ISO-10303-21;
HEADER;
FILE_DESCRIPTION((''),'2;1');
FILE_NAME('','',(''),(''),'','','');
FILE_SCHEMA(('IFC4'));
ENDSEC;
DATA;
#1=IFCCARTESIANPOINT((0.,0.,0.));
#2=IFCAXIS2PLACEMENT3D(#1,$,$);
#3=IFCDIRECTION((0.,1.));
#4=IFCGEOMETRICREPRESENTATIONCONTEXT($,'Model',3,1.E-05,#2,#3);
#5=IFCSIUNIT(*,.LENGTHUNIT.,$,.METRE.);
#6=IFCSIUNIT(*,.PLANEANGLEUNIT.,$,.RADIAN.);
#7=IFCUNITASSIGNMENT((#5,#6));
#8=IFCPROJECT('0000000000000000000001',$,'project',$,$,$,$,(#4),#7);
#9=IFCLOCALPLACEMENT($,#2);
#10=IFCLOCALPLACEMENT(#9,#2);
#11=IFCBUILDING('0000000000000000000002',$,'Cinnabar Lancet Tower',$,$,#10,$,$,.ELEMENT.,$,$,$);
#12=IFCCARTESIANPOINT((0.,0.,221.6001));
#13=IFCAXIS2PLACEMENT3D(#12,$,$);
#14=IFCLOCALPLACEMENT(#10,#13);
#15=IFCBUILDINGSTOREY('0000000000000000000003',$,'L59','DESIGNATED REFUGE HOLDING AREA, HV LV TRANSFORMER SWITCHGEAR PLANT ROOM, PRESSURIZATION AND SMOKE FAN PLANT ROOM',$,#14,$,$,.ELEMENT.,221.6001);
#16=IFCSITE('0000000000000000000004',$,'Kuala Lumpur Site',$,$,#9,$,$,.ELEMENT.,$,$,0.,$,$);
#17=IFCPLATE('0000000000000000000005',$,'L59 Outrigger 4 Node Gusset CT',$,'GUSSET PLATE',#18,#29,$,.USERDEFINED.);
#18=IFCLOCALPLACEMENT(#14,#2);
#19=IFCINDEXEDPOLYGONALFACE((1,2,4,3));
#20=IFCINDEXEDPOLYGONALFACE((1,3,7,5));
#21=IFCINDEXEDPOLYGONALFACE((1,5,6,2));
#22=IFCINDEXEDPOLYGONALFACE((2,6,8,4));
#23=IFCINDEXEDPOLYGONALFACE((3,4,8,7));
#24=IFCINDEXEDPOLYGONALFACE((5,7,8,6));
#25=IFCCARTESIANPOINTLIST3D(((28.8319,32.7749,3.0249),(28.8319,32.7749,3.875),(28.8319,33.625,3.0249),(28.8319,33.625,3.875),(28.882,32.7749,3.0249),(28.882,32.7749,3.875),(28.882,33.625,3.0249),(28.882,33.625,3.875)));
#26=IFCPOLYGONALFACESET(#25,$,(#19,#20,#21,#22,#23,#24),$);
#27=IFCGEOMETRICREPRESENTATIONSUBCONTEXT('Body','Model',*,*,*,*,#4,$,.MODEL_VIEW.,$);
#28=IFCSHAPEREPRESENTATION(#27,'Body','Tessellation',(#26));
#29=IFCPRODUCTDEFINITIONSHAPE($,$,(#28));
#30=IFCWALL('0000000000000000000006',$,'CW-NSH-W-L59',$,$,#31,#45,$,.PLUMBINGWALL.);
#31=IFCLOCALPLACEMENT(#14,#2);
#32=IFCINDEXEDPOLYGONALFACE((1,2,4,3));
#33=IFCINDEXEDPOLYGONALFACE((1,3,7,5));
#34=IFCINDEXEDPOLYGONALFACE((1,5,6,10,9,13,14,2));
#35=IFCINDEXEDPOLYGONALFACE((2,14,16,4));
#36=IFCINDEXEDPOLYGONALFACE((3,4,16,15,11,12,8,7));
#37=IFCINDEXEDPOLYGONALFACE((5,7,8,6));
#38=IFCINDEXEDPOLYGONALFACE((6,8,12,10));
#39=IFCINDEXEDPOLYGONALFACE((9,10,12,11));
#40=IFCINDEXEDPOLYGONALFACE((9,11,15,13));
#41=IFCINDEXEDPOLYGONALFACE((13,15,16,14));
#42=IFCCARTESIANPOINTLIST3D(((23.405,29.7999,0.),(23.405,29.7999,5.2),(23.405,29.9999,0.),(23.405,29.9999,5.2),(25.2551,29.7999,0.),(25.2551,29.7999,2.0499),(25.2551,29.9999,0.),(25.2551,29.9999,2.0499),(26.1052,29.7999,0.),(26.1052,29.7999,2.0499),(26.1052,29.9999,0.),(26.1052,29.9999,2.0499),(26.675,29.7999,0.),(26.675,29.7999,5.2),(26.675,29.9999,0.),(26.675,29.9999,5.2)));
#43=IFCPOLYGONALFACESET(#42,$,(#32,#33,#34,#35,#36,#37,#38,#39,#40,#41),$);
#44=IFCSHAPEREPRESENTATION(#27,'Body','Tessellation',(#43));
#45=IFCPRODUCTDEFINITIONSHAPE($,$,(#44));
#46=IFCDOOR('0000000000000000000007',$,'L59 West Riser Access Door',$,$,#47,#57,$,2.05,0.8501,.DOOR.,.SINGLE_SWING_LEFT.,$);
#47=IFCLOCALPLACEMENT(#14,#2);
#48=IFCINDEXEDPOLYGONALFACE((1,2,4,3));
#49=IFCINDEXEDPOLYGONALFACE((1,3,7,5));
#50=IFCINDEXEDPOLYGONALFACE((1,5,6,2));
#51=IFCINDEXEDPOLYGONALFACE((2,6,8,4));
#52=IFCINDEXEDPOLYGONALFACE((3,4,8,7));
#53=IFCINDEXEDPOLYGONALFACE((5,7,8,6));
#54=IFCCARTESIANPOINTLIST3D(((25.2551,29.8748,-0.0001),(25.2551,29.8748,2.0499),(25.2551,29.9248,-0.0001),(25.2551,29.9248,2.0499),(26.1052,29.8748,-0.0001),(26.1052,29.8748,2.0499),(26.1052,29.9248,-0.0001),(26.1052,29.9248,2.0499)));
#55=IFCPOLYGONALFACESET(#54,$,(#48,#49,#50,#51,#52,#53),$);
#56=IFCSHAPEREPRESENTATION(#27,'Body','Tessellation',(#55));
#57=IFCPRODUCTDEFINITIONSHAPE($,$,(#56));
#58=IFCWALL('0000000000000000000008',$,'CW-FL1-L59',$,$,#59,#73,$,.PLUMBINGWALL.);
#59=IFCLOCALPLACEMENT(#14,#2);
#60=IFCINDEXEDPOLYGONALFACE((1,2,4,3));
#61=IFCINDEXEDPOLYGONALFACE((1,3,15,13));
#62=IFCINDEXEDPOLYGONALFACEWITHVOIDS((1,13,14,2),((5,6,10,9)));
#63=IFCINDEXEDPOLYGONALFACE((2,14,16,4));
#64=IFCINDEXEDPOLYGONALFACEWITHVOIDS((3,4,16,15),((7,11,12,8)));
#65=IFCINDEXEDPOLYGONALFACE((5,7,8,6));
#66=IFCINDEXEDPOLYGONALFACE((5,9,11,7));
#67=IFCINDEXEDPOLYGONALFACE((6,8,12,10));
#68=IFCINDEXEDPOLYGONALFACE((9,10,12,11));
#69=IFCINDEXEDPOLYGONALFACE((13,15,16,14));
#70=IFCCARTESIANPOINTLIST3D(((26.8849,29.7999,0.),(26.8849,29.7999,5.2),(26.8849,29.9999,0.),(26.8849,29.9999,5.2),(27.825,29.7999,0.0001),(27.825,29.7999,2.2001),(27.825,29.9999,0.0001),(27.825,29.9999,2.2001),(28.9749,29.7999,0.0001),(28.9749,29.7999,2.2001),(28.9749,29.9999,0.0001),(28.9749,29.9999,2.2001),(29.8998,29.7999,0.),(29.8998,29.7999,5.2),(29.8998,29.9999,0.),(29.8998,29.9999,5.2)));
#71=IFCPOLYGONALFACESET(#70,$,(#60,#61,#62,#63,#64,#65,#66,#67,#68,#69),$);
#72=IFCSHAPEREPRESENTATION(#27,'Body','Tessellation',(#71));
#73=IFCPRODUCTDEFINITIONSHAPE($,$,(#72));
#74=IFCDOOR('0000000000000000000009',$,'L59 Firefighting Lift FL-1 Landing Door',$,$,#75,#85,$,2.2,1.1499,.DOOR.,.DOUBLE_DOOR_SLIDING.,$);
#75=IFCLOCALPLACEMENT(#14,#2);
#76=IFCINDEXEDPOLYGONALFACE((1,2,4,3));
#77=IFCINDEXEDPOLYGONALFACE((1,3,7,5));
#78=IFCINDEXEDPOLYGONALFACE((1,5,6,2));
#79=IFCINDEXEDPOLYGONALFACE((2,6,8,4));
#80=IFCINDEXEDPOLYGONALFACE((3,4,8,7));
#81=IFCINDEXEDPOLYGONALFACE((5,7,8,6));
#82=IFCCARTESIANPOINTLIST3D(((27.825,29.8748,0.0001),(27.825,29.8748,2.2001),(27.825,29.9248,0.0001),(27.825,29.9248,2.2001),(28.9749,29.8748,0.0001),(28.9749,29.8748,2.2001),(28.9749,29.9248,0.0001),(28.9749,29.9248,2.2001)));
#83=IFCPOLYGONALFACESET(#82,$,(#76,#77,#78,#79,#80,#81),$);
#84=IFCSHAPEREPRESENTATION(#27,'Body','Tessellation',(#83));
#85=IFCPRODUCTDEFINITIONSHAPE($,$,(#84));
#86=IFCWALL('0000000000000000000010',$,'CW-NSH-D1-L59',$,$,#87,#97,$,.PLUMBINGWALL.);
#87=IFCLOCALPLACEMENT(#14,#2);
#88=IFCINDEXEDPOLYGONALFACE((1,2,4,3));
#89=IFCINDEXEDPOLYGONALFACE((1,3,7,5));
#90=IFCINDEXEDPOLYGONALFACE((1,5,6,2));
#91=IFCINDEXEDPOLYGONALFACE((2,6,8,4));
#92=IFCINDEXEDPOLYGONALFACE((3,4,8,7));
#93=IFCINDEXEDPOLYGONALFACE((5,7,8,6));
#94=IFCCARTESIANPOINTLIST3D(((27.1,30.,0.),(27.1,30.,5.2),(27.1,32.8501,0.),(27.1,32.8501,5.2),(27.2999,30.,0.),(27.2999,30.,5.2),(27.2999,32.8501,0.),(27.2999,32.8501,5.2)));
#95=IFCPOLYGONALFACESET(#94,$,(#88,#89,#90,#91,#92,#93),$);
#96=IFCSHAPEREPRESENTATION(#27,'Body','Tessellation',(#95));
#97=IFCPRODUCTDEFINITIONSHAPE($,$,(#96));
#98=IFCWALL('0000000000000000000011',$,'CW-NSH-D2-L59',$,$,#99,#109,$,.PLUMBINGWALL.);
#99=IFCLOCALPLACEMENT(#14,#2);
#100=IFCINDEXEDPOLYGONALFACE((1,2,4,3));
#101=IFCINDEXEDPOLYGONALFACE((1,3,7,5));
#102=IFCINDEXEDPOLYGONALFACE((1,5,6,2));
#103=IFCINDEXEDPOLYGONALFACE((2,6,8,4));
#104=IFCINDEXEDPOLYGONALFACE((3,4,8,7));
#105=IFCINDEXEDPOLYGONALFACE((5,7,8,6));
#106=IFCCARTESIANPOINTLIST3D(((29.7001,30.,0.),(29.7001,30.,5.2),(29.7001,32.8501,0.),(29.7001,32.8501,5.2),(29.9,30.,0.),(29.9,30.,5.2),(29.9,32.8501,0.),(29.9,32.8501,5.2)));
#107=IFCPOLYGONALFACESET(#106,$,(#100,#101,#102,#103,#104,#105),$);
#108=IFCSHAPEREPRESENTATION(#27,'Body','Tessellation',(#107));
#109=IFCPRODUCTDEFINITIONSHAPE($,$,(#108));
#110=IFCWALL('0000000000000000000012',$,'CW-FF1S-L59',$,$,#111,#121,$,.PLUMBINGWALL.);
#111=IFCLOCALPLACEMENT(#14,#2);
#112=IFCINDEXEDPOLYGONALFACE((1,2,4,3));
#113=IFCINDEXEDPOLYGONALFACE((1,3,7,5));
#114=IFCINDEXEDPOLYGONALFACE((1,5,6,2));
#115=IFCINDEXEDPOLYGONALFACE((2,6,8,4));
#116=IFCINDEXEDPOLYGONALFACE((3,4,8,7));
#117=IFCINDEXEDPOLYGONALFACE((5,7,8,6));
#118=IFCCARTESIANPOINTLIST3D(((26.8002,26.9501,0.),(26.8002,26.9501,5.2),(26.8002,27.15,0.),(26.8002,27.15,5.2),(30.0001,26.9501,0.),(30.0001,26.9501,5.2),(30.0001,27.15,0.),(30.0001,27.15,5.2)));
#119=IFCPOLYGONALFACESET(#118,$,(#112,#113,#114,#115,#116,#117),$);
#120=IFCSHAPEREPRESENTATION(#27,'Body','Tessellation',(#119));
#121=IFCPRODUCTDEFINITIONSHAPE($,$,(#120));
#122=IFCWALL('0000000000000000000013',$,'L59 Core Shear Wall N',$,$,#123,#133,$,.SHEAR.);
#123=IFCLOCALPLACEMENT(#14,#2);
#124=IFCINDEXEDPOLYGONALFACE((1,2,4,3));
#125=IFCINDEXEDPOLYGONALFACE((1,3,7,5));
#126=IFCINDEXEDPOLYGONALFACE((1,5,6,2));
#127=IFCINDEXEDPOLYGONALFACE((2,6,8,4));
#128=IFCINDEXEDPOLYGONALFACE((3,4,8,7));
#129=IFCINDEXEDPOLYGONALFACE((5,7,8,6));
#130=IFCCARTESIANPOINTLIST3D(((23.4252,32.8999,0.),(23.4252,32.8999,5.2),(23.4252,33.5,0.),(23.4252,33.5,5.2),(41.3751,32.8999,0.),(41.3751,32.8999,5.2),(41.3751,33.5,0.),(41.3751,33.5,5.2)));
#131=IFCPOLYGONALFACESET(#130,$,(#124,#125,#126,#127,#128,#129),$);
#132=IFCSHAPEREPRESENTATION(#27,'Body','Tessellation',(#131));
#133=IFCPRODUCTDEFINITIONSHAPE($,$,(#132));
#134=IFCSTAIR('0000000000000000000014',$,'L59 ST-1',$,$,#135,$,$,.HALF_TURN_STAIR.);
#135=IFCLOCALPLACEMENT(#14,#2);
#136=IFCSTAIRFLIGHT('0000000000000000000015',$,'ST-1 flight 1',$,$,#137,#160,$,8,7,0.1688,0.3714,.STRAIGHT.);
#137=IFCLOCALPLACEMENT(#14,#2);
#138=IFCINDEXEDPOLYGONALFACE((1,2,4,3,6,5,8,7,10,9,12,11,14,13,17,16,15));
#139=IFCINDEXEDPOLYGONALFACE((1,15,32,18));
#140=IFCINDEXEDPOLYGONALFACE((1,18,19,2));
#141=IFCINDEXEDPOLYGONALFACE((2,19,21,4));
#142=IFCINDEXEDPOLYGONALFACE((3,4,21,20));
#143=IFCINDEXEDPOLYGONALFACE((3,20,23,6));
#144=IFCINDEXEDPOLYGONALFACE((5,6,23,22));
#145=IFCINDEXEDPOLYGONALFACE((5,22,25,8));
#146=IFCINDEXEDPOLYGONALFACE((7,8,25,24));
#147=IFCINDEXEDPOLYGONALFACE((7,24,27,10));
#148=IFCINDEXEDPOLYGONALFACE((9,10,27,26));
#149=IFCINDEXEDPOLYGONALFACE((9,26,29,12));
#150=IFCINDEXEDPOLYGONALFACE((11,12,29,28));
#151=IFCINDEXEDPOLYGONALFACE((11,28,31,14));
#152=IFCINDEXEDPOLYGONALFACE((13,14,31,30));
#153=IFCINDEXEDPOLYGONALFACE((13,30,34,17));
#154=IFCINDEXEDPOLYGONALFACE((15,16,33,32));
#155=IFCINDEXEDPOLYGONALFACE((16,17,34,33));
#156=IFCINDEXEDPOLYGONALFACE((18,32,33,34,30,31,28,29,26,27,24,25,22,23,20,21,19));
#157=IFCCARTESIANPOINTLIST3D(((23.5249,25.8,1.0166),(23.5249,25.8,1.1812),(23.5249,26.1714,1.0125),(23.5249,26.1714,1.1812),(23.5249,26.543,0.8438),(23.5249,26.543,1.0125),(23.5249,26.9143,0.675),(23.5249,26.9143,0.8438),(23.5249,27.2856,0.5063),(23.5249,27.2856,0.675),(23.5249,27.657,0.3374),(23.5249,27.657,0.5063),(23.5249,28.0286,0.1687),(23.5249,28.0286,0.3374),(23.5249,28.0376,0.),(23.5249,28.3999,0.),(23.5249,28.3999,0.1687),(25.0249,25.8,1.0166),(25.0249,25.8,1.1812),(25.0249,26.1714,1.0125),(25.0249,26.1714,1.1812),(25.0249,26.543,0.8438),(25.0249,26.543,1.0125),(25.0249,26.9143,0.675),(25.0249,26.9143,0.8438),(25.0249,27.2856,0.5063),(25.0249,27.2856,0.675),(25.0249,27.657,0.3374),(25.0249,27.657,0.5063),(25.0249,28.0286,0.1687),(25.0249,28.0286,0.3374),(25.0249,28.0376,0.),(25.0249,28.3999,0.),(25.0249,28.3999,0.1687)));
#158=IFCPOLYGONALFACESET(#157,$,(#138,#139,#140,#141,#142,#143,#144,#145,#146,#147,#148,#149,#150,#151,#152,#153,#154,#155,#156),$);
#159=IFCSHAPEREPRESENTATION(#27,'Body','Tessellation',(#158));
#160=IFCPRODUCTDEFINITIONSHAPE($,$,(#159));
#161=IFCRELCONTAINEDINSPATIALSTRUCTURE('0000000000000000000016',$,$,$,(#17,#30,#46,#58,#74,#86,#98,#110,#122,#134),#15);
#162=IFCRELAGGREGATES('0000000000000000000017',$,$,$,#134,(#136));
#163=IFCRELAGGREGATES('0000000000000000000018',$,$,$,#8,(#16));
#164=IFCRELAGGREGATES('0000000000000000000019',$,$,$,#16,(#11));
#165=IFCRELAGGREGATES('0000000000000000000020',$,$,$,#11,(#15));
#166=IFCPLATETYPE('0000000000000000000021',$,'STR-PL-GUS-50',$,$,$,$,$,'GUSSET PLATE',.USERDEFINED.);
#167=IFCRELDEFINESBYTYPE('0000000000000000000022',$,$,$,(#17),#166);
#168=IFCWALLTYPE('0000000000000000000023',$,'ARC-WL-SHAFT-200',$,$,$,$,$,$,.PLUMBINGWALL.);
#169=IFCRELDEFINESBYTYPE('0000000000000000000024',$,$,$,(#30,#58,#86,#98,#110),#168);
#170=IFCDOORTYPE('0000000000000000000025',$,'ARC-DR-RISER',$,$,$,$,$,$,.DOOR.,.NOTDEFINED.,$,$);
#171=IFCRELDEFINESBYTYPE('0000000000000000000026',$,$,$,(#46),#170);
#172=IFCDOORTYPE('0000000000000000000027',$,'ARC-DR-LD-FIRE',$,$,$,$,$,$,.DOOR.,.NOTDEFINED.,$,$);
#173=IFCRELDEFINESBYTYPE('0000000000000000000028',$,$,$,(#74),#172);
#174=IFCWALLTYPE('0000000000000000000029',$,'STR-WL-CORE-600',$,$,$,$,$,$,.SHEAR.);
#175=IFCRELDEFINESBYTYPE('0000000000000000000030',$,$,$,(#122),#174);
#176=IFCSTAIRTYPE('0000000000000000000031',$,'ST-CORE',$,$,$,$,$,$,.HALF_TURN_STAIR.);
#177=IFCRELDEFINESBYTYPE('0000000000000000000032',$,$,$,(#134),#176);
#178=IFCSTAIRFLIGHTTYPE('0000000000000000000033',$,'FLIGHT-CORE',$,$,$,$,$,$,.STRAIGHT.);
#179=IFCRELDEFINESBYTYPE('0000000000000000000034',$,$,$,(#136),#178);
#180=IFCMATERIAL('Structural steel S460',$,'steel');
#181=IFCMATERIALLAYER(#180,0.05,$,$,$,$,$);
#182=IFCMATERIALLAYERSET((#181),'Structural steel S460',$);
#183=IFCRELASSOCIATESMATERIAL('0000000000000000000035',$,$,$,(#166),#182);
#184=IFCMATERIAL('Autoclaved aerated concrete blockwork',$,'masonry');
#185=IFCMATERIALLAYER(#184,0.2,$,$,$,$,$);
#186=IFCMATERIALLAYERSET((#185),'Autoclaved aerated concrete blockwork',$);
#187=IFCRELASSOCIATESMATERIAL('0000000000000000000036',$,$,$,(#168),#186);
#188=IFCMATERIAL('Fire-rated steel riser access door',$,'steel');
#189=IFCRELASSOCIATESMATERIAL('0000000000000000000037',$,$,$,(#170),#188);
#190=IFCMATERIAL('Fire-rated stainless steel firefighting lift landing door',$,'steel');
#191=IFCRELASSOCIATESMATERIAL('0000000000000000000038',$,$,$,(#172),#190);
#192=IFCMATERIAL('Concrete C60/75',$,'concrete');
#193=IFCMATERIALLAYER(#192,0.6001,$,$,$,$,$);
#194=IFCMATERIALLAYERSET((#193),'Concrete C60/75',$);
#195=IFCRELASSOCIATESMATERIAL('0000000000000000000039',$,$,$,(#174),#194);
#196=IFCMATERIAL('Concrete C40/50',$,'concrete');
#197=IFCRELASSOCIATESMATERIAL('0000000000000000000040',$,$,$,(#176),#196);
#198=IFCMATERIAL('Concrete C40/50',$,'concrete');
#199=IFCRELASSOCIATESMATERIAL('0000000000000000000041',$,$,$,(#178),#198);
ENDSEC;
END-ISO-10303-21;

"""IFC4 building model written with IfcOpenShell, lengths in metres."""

from ifc_helpers import new_model, si_unit, direction, frame, frame_2d, origin, origin_2d, place, context, subcontext, project, spatial, polyline, rectangle, outline, extrude, material, layer, layer_set, type_object, element, fill, aggregate, save


model = new_model("IFC4")

# Units and contexts
model_context = context("Model", 3, precision=1e-05, world=origin(), true_north=direction((0.0, 1.0)))
body_context = subcontext(model_context, "Body", "Model", "MODEL_VIEW")
ifc_project = project(units=[si_unit("LENGTHUNIT", "METRE"), si_unit("PLANEANGLEUNIT", "RADIAN")], contexts=[model_context])

# Site, building, storey
site_placement = place(None, origin())
site = spatial("IfcSite", under=ifc_project, at=site_placement, Name="Kuala Lumpur Site", CompositionType="ELEMENT", RefElevation=0.0)
building_placement = place(site_placement, origin())
building = spatial("IfcBuilding", under=site, at=building_placement, Name="Cinnabar Lancet Tower", CompositionType="ELEMENT")
storey_placement = place(building_placement, frame((0.0, 0.0, 221.6001)))
storey = spatial("IfcBuildingStorey", under=building, at=storey_placement, Name="L59", Description="DESIGNATED REFUGE HOLDING AREA, HV LV TRANSFORMER SWITCHGEAR PLANT ROOM, PRESSURIZATION AND SMOKE FAN PLANT ROOM", CompositionType="ELEMENT", Elevation=221.6001)

# Plate
ifc_material_1 = material(Name="Structural steel S460", Category="steel")
ifc_layer_1 = layer(ifc_material_1, 0.05)
ifc_layer_set_1 = layer_set([ifc_layer_1], Name="Structural steel S460")
plate_type_1 = type_object("IfcPlateType", Name="STR-PL-GUS-50", ElementType="GUSSET PLATE", PredefinedType="USERDEFINED", material=ifc_layer_set_1)
for number, where, z_axis, x_axis, name in (
    (1, (28.8569, 33.2, 3.0249), (0.0, 0.0, 1.0), (1.0, 0.0, 0.0), "L59 Outrigger 4 Node Gusset CT"),
):
    element("IfcPlate", number, at=place(storey_placement, frame(where, z_axis=z_axis, x_axis=x_axis)), inside=storey, type_object=plate_type_1, Name=name, ObjectType="GUSSET PLATE", PredefinedType="USERDEFINED", context=body_context, shape_type="SweptSolid", body=[
        extrude(rectangle(XDim=0.05, YDim=0.8501, at=origin_2d()), origin(), (0.0, 0.0, 1.0), 0.8501),
    ])

# Walls, openings, doors
ifc_material_2 = material(Name="Autoclaved aerated concrete blockwork", Category="masonry")
ifc_layer_2 = layer(ifc_material_2, 0.2)
ifc_layer_set_2 = layer_set([ifc_layer_2], Name="Autoclaved aerated concrete blockwork")
wall_type_1 = type_object("IfcWallType", Name="ARC-WL-SHAFT-200", PredefinedType="PLUMBINGWALL", material=ifc_layer_set_2)
wall_1_placement = place(storey_placement, frame((23.405, 29.8999, 0.0), z_axis=(0.0, 0.0, 1.0), x_axis=(1.0, 0.0, 0.0)))
wall_1 = element("IfcWall", 2, at=wall_1_placement, inside=storey, type_object=wall_type_1, Name="CW-NSH-W-L59", PredefinedType="PLUMBINGWALL", context=body_context, shape_type="SweptSolid", body=[
    extrude(rectangle(XDim=3.27, YDim=0.2, at=frame_2d((1.635, 0.0))), origin(), (0.0, 0.0, 1.0), 5.2),
])
opening_1_placement = place(wall_1_placement, frame((1.8501, 0.0, 0.0)))
opening_1 = element("IfcOpeningElement", 3, at=opening_1_placement, cuts=wall_1, PredefinedType="OPENING", context=body_context, shape_type="SweptSolid", body=[
    extrude(rectangle(XDim=0.8501, YDim=2.05, at=frame_2d((0.425, 1.0249))), frame((0.0, 0.1099, 0.0), z_axis=(0.0, -1.0, 0.0), x_axis=(1.0, 0.0, 0.0)), (0.0, 0.0, 1.0), 0.22),
])
ifc_material_3 = material(Name="Fire-rated steel riser access door", Category="steel")
door_type_1 = type_object("IfcDoorType", Name="ARC-DR-RISER", OperationType="NOTDEFINED", PredefinedType="DOOR", material=ifc_material_3)
door_1_placement = place(opening_1_placement, origin())
door_1 = element("IfcDoor", 4, at=door_1_placement, inside=storey, type_object=door_type_1, Name="L59 West Riser Access Door", OperationType="SINGLE_SWING_LEFT", OverallHeight=2.05, OverallWidth=0.8501, PredefinedType="DOOR", context=body_context, shape_type="SweptSolid", body=[
    extrude(rectangle(XDim=0.8501, YDim=2.05, at=frame_2d((0.425, 1.0249))), frame((0.0, 0.0249, 0.0), z_axis=(0.0, -1.0, 0.0), x_axis=(1.0, 0.0, 0.0)), (0.0, 0.0, 1.0), 0.05),
])
fill(opening_1, door_1)
wall_2_placement = place(storey_placement, frame((26.885, 29.8999, 0.0), z_axis=(0.0, 0.0, 1.0), x_axis=(1.0, 0.0, 0.0)))
wall_2 = element("IfcWall", 5, at=wall_2_placement, inside=storey, type_object=wall_type_1, Name="CW-FL1-L59", PredefinedType="PLUMBINGWALL", context=body_context, shape_type="SweptSolid", body=[
    extrude(rectangle(XDim=3.0149, YDim=0.2, at=frame_2d((1.5073, 0.0))), origin(), (0.0, 0.0, 1.0), 5.2),
])
opening_2_placement = place(wall_2_placement, frame((0.9399, 0.0, 0.0)))
opening_2 = element("IfcOpeningElement", 6, at=opening_2_placement, cuts=wall_2, PredefinedType="OPENING", context=body_context, shape_type="SweptSolid", body=[
    extrude(rectangle(XDim=1.1499, YDim=2.2, at=frame_2d((0.575, 1.1001))), frame((0.0, 0.1099, 0.0), z_axis=(0.0, -1.0, 0.0), x_axis=(1.0, 0.0, 0.0)), (0.0, 0.0, 1.0), 0.22),
])
ifc_material_4 = material(Name="Fire-rated stainless steel firefighting lift landing door", Category="steel")
door_type_2 = type_object("IfcDoorType", Name="ARC-DR-LD-FIRE", OperationType="NOTDEFINED", PredefinedType="DOOR", material=ifc_material_4)
door_2_placement = place(opening_2_placement, origin())
door_2 = element("IfcDoor", 7, at=door_2_placement, inside=storey, type_object=door_type_2, Name="L59 Firefighting Lift FL-1 Landing Door", OperationType="DOUBLE_DOOR_SLIDING", OverallHeight=2.2, OverallWidth=1.1499, PredefinedType="DOOR", context=body_context, shape_type="SweptSolid", body=[
    extrude(rectangle(XDim=1.1499, YDim=2.2, at=frame_2d((0.575, 1.1001))), frame((0.0, 0.0249, 0.0), z_axis=(0.0, -1.0, 0.0), x_axis=(1.0, 0.0, 0.0)), (0.0, 0.0, 1.0), 0.05),
])
fill(opening_2, door_2)

# Walls
for number, where, z_axis, x_axis, name in (
    (8, (27.2, 30.0, 0.0), (0.0, 0.0, 1.0), (0.0, 1.0, 0.0), "CW-NSH-D1-L59"),
    (9, (29.8, 30.0, 0.0), (0.0, 0.0, 1.0), (0.0, 1.0, 0.0), "CW-NSH-D2-L59"),
):
    element("IfcWall", number, at=place(storey_placement, frame(where, z_axis=z_axis, x_axis=x_axis)), inside=storey, type_object=wall_type_1, Name=name, PredefinedType="PLUMBINGWALL", context=body_context, shape_type="SweptSolid", body=[
        extrude(rectangle(XDim=2.8501, YDim=0.2, at=frame_2d((1.425, 0.0))), origin(), (0.0, 0.0, 1.0), 5.2),
    ])
wall_3_placement = place(storey_placement, frame((26.8, 27.05, 0.0), z_axis=(0.0, 0.0, 1.0), x_axis=(1.0, 0.0, 0.0)))
element("IfcWall", 10, at=wall_3_placement, inside=storey, type_object=wall_type_1, Name="CW-FF1S-L59", PredefinedType="PLUMBINGWALL", context=body_context, shape_type="SweptSolid", body=[
    extrude(rectangle(XDim=3.2, YDim=0.2, at=frame_2d((1.6001, 0.0))), origin(), (0.0, 0.0, 1.0), 5.2),
])
ifc_material_5 = material(Name="Concrete C60/75", Category="concrete")
ifc_layer_3 = layer(ifc_material_5, 0.6001)
ifc_layer_set_3 = layer_set([ifc_layer_3], Name="Concrete C60/75")
wall_type_2 = type_object("IfcWallType", Name="STR-WL-CORE-600", PredefinedType="SHEAR", material=ifc_layer_set_3)
wall_4_placement = place(storey_placement, frame((23.425, 33.2, 0.0), z_axis=(0.0, 0.0, 1.0), x_axis=(1.0, 0.0, 0.0)))
element("IfcWall", 11, at=wall_4_placement, inside=storey, type_object=wall_type_2, Name="L59 Core Shear Wall N", PredefinedType="SHEAR", context=body_context, shape_type="SweptSolid", body=[
    extrude(rectangle(XDim=17.95, YDim=0.6001, at=frame_2d((8.9751, 0.0))), origin(), (0.0, 0.0, 1.0), 5.2),
])

# Stair, stair flight
ifc_material_6 = material(Name="Concrete C40/50", Category="concrete")
stair_type = type_object("IfcStairType", Name="ST-CORE", PredefinedType="HALF_TURN_STAIR", material=ifc_material_6)
stair_placement = place(storey_placement, origin())
stair = element("IfcStair", 12, at=stair_placement, inside=storey, type_object=stair_type, Name="L59 ST-1", PredefinedType="HALF_TURN_STAIR")
ifc_material_7 = material(Name="Concrete C40/50", Category="concrete")
stair_flight_type = type_object("IfcStairFlightType", Name="FLIGHT-CORE", PredefinedType="STRAIGHT", material=ifc_material_7)
stair_flight_1_placement = place(storey_placement, frame((24.2749, 28.3999, 0.0), z_axis=(0.0, 0.0, 1.0), x_axis=(0.0, -1.0, 0.0)))
stair_flight_1 = element("IfcStairFlight", 13, at=stair_flight_1_placement, type_object=stair_flight_type, Name="ST-1 flight 1", NumberOfRisers=8, NumberOfTreads=7, PredefinedType="STRAIGHT", RiserHeight=0.1688, TreadLength=0.3714, context=body_context, shape_type="SweptSolid", body=[
    extrude(outline(polyline([(0.0, 0.0), (0.0, 0.1687), (0.3713, 0.1687), (0.3713, 0.3374), (0.7429, 0.3374), (0.7429, 0.5063), (1.1143, 0.5063), (1.1143, 0.675), (1.4856, 0.675), (1.4856, 0.8438), (1.8569, 0.8438), (1.8569, 1.0125), (2.2285, 1.0125), (2.2285, 1.1812), (2.5999, 1.1812), (2.5999, 1.3501), (2.5999, 1.0166), (0.3623, 0.0), (0.0, 0.0)])), frame((0.0, 0.75, 0.0), z_axis=(0.0, -1.0, 0.0), x_axis=(1.0, 0.0, 0.0)), (0.0, 0.0, 1.0), 1.5),
])
aggregate(stair, [stair_flight_1])

save(model, "model.ifc")
